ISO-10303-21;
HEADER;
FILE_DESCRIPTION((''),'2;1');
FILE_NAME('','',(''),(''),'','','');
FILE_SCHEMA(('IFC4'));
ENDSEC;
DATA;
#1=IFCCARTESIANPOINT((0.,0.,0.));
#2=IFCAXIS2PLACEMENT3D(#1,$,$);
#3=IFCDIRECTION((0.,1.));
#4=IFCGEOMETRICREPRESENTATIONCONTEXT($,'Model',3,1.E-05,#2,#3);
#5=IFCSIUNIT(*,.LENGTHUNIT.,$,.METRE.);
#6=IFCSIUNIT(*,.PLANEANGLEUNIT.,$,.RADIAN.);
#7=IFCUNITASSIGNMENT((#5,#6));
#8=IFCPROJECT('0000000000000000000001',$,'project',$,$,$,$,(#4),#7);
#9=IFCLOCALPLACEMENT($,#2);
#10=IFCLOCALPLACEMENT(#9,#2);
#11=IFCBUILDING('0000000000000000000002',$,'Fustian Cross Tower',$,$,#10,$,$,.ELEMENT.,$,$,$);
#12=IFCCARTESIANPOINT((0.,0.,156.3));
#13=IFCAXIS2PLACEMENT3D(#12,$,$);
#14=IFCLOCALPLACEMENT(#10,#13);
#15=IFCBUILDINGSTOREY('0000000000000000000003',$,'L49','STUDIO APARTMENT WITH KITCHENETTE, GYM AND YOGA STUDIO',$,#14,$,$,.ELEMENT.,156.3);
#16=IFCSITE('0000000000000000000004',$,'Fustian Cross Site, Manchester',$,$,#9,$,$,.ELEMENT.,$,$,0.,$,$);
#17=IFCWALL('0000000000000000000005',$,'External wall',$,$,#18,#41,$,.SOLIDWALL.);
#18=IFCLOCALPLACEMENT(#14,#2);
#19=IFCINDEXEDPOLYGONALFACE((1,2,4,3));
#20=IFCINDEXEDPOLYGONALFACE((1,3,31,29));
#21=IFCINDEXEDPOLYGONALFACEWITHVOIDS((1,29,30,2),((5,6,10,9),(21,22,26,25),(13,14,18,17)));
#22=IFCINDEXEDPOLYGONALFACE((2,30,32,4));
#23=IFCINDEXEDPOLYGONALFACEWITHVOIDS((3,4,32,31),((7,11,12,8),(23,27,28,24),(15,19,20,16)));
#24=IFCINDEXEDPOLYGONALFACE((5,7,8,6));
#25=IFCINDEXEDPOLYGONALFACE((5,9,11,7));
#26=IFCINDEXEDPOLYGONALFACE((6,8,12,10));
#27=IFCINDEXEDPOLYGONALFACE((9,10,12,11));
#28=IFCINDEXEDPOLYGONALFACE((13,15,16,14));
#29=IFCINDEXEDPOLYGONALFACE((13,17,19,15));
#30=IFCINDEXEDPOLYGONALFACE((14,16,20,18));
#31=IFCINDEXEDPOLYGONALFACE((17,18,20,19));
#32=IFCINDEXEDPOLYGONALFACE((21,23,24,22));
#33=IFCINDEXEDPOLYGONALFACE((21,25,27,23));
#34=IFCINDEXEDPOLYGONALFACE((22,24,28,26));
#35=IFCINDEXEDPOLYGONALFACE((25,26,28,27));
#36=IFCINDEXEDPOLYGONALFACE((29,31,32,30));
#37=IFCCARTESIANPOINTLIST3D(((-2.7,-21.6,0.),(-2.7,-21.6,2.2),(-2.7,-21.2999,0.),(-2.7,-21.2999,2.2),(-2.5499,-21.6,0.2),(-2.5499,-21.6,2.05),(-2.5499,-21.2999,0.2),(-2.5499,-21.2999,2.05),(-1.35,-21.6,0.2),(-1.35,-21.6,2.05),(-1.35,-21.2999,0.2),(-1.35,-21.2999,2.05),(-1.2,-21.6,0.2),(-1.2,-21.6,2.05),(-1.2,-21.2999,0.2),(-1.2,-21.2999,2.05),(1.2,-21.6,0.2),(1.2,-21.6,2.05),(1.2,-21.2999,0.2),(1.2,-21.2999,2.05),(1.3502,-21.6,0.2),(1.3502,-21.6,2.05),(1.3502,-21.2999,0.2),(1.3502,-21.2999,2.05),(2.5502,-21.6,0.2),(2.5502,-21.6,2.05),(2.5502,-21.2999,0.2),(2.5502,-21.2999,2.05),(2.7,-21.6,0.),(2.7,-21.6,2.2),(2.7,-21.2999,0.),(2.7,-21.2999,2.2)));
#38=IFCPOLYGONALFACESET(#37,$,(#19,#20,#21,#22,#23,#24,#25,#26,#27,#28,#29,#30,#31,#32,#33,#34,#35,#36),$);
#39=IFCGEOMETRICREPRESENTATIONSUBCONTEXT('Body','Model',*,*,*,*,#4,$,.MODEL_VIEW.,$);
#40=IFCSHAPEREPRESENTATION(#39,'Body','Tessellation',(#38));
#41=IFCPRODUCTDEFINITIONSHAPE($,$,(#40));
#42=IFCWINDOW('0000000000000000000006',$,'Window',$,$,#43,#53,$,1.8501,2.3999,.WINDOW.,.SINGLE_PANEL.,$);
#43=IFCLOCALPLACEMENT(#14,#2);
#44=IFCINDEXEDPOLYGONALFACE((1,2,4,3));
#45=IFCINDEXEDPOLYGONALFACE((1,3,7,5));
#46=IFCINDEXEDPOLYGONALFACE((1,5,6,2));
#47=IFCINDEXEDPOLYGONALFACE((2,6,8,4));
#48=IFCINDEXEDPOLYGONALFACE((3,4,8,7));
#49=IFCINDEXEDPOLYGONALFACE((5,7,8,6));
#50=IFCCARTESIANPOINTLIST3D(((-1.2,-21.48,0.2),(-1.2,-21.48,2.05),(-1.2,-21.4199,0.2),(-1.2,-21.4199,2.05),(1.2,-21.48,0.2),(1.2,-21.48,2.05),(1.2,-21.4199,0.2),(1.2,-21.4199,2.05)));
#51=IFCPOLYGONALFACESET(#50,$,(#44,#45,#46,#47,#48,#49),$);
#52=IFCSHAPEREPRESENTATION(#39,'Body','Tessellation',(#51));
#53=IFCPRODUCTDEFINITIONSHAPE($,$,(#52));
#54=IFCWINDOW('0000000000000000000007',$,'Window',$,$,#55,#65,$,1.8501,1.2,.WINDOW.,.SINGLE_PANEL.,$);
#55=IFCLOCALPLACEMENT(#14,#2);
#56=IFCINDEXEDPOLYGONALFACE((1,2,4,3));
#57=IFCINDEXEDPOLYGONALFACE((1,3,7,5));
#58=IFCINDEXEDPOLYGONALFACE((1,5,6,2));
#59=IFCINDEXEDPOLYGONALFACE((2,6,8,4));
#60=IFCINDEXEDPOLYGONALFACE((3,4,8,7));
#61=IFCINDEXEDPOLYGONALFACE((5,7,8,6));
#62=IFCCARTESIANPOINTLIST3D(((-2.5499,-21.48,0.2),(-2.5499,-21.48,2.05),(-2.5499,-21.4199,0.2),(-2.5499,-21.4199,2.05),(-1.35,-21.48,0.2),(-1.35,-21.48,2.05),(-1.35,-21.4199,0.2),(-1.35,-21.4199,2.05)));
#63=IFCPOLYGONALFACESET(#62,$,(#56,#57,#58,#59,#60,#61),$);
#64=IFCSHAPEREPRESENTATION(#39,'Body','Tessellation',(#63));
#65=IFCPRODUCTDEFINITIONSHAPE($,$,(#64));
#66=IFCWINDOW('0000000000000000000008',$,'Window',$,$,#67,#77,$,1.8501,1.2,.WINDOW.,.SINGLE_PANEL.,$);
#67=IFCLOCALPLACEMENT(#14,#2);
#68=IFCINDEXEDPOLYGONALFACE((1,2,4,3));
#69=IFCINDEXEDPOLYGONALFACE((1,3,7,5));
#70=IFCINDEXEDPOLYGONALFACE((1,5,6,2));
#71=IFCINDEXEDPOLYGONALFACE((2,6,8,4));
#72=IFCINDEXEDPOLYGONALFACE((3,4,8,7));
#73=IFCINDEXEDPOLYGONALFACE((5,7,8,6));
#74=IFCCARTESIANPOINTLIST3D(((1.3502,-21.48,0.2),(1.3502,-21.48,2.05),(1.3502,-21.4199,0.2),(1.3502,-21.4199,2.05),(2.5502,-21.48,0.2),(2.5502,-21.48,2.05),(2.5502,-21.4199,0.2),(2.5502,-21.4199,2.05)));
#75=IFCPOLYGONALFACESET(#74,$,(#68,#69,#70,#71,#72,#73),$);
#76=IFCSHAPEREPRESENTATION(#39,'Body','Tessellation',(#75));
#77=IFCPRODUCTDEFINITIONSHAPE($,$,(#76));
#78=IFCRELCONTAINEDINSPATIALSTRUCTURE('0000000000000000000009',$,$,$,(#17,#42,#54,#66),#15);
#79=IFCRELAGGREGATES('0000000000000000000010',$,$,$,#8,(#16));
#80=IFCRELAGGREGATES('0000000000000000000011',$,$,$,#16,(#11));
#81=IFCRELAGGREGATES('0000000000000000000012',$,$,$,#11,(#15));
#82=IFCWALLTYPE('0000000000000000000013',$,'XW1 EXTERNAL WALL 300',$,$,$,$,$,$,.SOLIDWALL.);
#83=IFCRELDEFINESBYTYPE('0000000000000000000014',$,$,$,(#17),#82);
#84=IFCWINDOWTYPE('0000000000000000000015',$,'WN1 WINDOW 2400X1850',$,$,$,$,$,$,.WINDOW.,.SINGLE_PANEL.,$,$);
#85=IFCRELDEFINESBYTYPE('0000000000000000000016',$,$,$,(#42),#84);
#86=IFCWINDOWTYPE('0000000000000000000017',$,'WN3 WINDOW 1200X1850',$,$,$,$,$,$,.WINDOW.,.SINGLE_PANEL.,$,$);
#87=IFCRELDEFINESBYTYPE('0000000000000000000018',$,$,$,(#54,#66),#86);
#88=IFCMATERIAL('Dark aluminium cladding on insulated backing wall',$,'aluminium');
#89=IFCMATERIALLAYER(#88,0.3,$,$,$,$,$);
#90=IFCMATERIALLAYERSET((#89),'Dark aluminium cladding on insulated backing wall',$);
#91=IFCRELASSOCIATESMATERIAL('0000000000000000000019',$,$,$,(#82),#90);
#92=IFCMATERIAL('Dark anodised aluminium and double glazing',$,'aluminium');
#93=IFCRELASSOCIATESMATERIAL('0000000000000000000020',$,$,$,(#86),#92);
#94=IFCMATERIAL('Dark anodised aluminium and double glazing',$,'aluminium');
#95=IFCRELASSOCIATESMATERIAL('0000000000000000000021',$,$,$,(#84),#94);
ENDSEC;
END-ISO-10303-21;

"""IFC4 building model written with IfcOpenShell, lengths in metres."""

from ifc_helpers import new_model, si_unit, direction, frame, frame_2d, origin, place, context, subcontext, project, spatial, rectangle, extrude, material, layer, layer_set, type_object, element, fill, save


model = new_model("IFC4")

# Units and contexts
model_context = context("Model", 3, precision=1e-05, world=origin(), true_north=direction((0.0, 1.0)))
body_context = subcontext(model_context, "Body", "Model", "MODEL_VIEW")
ifc_project = project(units=[si_unit("LENGTHUNIT", "METRE"), si_unit("PLANEANGLEUNIT", "RADIAN")], contexts=[model_context])

# Site, building, storey
site_placement = place(None, origin())
site = spatial("IfcSite", under=ifc_project, at=site_placement, Name="Fustian Cross Site, Manchester", CompositionType="ELEMENT", RefElevation=0.0)
building_placement = place(site_placement, origin())
building = spatial("IfcBuilding", under=site, at=building_placement, Name="Fustian Cross Tower", CompositionType="ELEMENT")
storey_placement = place(building_placement, frame((0.0, 0.0, 156.3)))
storey = spatial("IfcBuildingStorey", under=building, at=storey_placement, Name="L49", Description="STUDIO APARTMENT WITH KITCHENETTE, GYM AND YOGA STUDIO", CompositionType="ELEMENT", Elevation=156.3)

# Shared definitions
ifc_material_1 = material(Name="Dark aluminium cladding on insulated backing wall", Category="aluminium")
ifc_layer_1 = layer(ifc_material_1, 0.3)
ifc_layer_set_1 = layer_set([ifc_layer_1], Name="Dark aluminium cladding on insulated backing wall")
wall_type_1 = type_object("IfcWallType", Name="XW1 EXTERNAL WALL 300", PredefinedType="SOLIDWALL", material=ifc_layer_set_1)

# Shared definitions
ifc_material_2 = material(Name="Dark anodised aluminium and double glazing", Category="aluminium")
window_type_1 = type_object("IfcWindowType", Name="WN3 WINDOW 1200X1850", PartitioningType="SINGLE_PANEL", PredefinedType="WINDOW", material=ifc_material_2)

# Wall, openings, windows
wall_1_placement = place(storey_placement, frame((-2.7, -21.45, 0.0), z_axis=(0.0, 0.0, 1.0), x_axis=(1.0, 0.0, 0.0)))
wall_1 = element("IfcWall", 1, at=wall_1_placement, inside=storey, type_object=wall_type_1, Name="External wall", PredefinedType="SOLIDWALL", context=body_context, shape_type="SweptSolid", body=[
    extrude(rectangle(XDim=5.3999, YDim=0.3, at=frame_2d((2.7, 0.0))), origin(), (0.0, 0.0, 1.0), 2.2),
])
opening_1_placement = place(wall_1_placement, frame((1.5, 0.0, 0.2)))
opening_1 = element("IfcOpeningElement", 2, at=opening_1_placement, cuts=wall_1, PredefinedType="OPENING", context=body_context, shape_type="SweptSolid", body=[
    extrude(rectangle(XDim=2.3999, YDim=1.8501, at=frame_2d((1.2, 0.925))), frame((0.0, 0.1599, 0.0), z_axis=(0.0, -1.0, 0.0), x_axis=(1.0, 0.0, 0.0)), (0.0, 0.0, 1.0), 0.3201),
])
opening_2_placement = place(wall_1_placement, frame((0.1499, 0.0, 0.2)))
opening_2 = element("IfcOpeningElement", 3, at=opening_2_placement, cuts=wall_1, PredefinedType="OPENING", context=body_context, shape_type="SweptSolid", body=[
    extrude(rectangle(XDim=1.2, YDim=1.8501, at=frame_2d((0.6001, 0.925))), frame((0.0, 0.1599, 0.0), z_axis=(0.0, -1.0, 0.0), x_axis=(1.0, 0.0, 0.0)), (0.0, 0.0, 1.0), 0.3201),
])
opening_3_placement = place(wall_1_placement, frame((4.05, 0.0, 0.2)))
opening_3 = element("IfcOpeningElement", 4, at=opening_3_placement, cuts=wall_1, PredefinedType="OPENING", context=body_context, shape_type="SweptSolid", body=[
    extrude(rectangle(XDim=1.2, YDim=1.8501, at=frame_2d((0.6001, 0.925))), frame((0.0, 0.1599, 0.0), z_axis=(0.0, -1.0, 0.0), x_axis=(1.0, 0.0, 0.0)), (0.0, 0.0, 1.0), 0.3201),
])
ifc_material_3 = material(Name="Dark anodised aluminium and double glazing", Category="aluminium")
window_type_2 = type_object("IfcWindowType", Name="WN1 WINDOW 2400X1850", PartitioningType="SINGLE_PANEL", PredefinedType="WINDOW", material=ifc_material_3)
window_1_placement = place(opening_1_placement, origin())
window_1 = element("IfcWindow", 5, at=window_1_placement, inside=storey, type_object=window_type_2, Name="Window", OverallHeight=1.8501, OverallWidth=2.3999, PartitioningType="SINGLE_PANEL", PredefinedType="WINDOW", context=body_context, shape_type="SweptSolid", body=[
    extrude(rectangle(XDim=2.3999, YDim=1.8501, at=frame_2d((1.2, 0.925))), frame((0.0, 0.03, 0.0), z_axis=(0.0, -1.0, 0.0), x_axis=(1.0, 0.0, 0.0)), (0.0, 0.0, 1.0), 0.0601),
])
fill(opening_1, window_1)
window_2_placement = place(opening_2_placement, origin())
window_2 = element("IfcWindow", 6, at=window_2_placement, inside=storey, type_object=window_type_1, Name="Window", OverallHeight=1.8501, OverallWidth=1.2, PartitioningType="SINGLE_PANEL", PredefinedType="WINDOW", context=body_context, shape_type="SweptSolid", body=[
    extrude(rectangle(XDim=1.2, YDim=1.8501, at=frame_2d((0.6001, 0.925))), frame((0.0, 0.03, 0.0), z_axis=(0.0, -1.0, 0.0), x_axis=(1.0, 0.0, 0.0)), (0.0, 0.0, 1.0), 0.0601),
])
fill(opening_2, window_2)
window_3_placement = place(opening_3_placement, origin())
window_3 = element("IfcWindow", 7, at=window_3_placement, inside=storey, type_object=window_type_1, Name="Window", OverallHeight=1.8501, OverallWidth=1.2, PartitioningType="SINGLE_PANEL", PredefinedType="WINDOW", context=body_context, shape_type="SweptSolid", body=[
    extrude(rectangle(XDim=1.2, YDim=1.8501, at=frame_2d((0.6001, 0.925))), frame((0.0, 0.03, 0.0), z_axis=(0.0, -1.0, 0.0), x_axis=(1.0, 0.0, 0.0)), (0.0, 0.0, 1.0), 0.0601),
])
fill(opening_3, window_3)

save(model, "model.ifc")
